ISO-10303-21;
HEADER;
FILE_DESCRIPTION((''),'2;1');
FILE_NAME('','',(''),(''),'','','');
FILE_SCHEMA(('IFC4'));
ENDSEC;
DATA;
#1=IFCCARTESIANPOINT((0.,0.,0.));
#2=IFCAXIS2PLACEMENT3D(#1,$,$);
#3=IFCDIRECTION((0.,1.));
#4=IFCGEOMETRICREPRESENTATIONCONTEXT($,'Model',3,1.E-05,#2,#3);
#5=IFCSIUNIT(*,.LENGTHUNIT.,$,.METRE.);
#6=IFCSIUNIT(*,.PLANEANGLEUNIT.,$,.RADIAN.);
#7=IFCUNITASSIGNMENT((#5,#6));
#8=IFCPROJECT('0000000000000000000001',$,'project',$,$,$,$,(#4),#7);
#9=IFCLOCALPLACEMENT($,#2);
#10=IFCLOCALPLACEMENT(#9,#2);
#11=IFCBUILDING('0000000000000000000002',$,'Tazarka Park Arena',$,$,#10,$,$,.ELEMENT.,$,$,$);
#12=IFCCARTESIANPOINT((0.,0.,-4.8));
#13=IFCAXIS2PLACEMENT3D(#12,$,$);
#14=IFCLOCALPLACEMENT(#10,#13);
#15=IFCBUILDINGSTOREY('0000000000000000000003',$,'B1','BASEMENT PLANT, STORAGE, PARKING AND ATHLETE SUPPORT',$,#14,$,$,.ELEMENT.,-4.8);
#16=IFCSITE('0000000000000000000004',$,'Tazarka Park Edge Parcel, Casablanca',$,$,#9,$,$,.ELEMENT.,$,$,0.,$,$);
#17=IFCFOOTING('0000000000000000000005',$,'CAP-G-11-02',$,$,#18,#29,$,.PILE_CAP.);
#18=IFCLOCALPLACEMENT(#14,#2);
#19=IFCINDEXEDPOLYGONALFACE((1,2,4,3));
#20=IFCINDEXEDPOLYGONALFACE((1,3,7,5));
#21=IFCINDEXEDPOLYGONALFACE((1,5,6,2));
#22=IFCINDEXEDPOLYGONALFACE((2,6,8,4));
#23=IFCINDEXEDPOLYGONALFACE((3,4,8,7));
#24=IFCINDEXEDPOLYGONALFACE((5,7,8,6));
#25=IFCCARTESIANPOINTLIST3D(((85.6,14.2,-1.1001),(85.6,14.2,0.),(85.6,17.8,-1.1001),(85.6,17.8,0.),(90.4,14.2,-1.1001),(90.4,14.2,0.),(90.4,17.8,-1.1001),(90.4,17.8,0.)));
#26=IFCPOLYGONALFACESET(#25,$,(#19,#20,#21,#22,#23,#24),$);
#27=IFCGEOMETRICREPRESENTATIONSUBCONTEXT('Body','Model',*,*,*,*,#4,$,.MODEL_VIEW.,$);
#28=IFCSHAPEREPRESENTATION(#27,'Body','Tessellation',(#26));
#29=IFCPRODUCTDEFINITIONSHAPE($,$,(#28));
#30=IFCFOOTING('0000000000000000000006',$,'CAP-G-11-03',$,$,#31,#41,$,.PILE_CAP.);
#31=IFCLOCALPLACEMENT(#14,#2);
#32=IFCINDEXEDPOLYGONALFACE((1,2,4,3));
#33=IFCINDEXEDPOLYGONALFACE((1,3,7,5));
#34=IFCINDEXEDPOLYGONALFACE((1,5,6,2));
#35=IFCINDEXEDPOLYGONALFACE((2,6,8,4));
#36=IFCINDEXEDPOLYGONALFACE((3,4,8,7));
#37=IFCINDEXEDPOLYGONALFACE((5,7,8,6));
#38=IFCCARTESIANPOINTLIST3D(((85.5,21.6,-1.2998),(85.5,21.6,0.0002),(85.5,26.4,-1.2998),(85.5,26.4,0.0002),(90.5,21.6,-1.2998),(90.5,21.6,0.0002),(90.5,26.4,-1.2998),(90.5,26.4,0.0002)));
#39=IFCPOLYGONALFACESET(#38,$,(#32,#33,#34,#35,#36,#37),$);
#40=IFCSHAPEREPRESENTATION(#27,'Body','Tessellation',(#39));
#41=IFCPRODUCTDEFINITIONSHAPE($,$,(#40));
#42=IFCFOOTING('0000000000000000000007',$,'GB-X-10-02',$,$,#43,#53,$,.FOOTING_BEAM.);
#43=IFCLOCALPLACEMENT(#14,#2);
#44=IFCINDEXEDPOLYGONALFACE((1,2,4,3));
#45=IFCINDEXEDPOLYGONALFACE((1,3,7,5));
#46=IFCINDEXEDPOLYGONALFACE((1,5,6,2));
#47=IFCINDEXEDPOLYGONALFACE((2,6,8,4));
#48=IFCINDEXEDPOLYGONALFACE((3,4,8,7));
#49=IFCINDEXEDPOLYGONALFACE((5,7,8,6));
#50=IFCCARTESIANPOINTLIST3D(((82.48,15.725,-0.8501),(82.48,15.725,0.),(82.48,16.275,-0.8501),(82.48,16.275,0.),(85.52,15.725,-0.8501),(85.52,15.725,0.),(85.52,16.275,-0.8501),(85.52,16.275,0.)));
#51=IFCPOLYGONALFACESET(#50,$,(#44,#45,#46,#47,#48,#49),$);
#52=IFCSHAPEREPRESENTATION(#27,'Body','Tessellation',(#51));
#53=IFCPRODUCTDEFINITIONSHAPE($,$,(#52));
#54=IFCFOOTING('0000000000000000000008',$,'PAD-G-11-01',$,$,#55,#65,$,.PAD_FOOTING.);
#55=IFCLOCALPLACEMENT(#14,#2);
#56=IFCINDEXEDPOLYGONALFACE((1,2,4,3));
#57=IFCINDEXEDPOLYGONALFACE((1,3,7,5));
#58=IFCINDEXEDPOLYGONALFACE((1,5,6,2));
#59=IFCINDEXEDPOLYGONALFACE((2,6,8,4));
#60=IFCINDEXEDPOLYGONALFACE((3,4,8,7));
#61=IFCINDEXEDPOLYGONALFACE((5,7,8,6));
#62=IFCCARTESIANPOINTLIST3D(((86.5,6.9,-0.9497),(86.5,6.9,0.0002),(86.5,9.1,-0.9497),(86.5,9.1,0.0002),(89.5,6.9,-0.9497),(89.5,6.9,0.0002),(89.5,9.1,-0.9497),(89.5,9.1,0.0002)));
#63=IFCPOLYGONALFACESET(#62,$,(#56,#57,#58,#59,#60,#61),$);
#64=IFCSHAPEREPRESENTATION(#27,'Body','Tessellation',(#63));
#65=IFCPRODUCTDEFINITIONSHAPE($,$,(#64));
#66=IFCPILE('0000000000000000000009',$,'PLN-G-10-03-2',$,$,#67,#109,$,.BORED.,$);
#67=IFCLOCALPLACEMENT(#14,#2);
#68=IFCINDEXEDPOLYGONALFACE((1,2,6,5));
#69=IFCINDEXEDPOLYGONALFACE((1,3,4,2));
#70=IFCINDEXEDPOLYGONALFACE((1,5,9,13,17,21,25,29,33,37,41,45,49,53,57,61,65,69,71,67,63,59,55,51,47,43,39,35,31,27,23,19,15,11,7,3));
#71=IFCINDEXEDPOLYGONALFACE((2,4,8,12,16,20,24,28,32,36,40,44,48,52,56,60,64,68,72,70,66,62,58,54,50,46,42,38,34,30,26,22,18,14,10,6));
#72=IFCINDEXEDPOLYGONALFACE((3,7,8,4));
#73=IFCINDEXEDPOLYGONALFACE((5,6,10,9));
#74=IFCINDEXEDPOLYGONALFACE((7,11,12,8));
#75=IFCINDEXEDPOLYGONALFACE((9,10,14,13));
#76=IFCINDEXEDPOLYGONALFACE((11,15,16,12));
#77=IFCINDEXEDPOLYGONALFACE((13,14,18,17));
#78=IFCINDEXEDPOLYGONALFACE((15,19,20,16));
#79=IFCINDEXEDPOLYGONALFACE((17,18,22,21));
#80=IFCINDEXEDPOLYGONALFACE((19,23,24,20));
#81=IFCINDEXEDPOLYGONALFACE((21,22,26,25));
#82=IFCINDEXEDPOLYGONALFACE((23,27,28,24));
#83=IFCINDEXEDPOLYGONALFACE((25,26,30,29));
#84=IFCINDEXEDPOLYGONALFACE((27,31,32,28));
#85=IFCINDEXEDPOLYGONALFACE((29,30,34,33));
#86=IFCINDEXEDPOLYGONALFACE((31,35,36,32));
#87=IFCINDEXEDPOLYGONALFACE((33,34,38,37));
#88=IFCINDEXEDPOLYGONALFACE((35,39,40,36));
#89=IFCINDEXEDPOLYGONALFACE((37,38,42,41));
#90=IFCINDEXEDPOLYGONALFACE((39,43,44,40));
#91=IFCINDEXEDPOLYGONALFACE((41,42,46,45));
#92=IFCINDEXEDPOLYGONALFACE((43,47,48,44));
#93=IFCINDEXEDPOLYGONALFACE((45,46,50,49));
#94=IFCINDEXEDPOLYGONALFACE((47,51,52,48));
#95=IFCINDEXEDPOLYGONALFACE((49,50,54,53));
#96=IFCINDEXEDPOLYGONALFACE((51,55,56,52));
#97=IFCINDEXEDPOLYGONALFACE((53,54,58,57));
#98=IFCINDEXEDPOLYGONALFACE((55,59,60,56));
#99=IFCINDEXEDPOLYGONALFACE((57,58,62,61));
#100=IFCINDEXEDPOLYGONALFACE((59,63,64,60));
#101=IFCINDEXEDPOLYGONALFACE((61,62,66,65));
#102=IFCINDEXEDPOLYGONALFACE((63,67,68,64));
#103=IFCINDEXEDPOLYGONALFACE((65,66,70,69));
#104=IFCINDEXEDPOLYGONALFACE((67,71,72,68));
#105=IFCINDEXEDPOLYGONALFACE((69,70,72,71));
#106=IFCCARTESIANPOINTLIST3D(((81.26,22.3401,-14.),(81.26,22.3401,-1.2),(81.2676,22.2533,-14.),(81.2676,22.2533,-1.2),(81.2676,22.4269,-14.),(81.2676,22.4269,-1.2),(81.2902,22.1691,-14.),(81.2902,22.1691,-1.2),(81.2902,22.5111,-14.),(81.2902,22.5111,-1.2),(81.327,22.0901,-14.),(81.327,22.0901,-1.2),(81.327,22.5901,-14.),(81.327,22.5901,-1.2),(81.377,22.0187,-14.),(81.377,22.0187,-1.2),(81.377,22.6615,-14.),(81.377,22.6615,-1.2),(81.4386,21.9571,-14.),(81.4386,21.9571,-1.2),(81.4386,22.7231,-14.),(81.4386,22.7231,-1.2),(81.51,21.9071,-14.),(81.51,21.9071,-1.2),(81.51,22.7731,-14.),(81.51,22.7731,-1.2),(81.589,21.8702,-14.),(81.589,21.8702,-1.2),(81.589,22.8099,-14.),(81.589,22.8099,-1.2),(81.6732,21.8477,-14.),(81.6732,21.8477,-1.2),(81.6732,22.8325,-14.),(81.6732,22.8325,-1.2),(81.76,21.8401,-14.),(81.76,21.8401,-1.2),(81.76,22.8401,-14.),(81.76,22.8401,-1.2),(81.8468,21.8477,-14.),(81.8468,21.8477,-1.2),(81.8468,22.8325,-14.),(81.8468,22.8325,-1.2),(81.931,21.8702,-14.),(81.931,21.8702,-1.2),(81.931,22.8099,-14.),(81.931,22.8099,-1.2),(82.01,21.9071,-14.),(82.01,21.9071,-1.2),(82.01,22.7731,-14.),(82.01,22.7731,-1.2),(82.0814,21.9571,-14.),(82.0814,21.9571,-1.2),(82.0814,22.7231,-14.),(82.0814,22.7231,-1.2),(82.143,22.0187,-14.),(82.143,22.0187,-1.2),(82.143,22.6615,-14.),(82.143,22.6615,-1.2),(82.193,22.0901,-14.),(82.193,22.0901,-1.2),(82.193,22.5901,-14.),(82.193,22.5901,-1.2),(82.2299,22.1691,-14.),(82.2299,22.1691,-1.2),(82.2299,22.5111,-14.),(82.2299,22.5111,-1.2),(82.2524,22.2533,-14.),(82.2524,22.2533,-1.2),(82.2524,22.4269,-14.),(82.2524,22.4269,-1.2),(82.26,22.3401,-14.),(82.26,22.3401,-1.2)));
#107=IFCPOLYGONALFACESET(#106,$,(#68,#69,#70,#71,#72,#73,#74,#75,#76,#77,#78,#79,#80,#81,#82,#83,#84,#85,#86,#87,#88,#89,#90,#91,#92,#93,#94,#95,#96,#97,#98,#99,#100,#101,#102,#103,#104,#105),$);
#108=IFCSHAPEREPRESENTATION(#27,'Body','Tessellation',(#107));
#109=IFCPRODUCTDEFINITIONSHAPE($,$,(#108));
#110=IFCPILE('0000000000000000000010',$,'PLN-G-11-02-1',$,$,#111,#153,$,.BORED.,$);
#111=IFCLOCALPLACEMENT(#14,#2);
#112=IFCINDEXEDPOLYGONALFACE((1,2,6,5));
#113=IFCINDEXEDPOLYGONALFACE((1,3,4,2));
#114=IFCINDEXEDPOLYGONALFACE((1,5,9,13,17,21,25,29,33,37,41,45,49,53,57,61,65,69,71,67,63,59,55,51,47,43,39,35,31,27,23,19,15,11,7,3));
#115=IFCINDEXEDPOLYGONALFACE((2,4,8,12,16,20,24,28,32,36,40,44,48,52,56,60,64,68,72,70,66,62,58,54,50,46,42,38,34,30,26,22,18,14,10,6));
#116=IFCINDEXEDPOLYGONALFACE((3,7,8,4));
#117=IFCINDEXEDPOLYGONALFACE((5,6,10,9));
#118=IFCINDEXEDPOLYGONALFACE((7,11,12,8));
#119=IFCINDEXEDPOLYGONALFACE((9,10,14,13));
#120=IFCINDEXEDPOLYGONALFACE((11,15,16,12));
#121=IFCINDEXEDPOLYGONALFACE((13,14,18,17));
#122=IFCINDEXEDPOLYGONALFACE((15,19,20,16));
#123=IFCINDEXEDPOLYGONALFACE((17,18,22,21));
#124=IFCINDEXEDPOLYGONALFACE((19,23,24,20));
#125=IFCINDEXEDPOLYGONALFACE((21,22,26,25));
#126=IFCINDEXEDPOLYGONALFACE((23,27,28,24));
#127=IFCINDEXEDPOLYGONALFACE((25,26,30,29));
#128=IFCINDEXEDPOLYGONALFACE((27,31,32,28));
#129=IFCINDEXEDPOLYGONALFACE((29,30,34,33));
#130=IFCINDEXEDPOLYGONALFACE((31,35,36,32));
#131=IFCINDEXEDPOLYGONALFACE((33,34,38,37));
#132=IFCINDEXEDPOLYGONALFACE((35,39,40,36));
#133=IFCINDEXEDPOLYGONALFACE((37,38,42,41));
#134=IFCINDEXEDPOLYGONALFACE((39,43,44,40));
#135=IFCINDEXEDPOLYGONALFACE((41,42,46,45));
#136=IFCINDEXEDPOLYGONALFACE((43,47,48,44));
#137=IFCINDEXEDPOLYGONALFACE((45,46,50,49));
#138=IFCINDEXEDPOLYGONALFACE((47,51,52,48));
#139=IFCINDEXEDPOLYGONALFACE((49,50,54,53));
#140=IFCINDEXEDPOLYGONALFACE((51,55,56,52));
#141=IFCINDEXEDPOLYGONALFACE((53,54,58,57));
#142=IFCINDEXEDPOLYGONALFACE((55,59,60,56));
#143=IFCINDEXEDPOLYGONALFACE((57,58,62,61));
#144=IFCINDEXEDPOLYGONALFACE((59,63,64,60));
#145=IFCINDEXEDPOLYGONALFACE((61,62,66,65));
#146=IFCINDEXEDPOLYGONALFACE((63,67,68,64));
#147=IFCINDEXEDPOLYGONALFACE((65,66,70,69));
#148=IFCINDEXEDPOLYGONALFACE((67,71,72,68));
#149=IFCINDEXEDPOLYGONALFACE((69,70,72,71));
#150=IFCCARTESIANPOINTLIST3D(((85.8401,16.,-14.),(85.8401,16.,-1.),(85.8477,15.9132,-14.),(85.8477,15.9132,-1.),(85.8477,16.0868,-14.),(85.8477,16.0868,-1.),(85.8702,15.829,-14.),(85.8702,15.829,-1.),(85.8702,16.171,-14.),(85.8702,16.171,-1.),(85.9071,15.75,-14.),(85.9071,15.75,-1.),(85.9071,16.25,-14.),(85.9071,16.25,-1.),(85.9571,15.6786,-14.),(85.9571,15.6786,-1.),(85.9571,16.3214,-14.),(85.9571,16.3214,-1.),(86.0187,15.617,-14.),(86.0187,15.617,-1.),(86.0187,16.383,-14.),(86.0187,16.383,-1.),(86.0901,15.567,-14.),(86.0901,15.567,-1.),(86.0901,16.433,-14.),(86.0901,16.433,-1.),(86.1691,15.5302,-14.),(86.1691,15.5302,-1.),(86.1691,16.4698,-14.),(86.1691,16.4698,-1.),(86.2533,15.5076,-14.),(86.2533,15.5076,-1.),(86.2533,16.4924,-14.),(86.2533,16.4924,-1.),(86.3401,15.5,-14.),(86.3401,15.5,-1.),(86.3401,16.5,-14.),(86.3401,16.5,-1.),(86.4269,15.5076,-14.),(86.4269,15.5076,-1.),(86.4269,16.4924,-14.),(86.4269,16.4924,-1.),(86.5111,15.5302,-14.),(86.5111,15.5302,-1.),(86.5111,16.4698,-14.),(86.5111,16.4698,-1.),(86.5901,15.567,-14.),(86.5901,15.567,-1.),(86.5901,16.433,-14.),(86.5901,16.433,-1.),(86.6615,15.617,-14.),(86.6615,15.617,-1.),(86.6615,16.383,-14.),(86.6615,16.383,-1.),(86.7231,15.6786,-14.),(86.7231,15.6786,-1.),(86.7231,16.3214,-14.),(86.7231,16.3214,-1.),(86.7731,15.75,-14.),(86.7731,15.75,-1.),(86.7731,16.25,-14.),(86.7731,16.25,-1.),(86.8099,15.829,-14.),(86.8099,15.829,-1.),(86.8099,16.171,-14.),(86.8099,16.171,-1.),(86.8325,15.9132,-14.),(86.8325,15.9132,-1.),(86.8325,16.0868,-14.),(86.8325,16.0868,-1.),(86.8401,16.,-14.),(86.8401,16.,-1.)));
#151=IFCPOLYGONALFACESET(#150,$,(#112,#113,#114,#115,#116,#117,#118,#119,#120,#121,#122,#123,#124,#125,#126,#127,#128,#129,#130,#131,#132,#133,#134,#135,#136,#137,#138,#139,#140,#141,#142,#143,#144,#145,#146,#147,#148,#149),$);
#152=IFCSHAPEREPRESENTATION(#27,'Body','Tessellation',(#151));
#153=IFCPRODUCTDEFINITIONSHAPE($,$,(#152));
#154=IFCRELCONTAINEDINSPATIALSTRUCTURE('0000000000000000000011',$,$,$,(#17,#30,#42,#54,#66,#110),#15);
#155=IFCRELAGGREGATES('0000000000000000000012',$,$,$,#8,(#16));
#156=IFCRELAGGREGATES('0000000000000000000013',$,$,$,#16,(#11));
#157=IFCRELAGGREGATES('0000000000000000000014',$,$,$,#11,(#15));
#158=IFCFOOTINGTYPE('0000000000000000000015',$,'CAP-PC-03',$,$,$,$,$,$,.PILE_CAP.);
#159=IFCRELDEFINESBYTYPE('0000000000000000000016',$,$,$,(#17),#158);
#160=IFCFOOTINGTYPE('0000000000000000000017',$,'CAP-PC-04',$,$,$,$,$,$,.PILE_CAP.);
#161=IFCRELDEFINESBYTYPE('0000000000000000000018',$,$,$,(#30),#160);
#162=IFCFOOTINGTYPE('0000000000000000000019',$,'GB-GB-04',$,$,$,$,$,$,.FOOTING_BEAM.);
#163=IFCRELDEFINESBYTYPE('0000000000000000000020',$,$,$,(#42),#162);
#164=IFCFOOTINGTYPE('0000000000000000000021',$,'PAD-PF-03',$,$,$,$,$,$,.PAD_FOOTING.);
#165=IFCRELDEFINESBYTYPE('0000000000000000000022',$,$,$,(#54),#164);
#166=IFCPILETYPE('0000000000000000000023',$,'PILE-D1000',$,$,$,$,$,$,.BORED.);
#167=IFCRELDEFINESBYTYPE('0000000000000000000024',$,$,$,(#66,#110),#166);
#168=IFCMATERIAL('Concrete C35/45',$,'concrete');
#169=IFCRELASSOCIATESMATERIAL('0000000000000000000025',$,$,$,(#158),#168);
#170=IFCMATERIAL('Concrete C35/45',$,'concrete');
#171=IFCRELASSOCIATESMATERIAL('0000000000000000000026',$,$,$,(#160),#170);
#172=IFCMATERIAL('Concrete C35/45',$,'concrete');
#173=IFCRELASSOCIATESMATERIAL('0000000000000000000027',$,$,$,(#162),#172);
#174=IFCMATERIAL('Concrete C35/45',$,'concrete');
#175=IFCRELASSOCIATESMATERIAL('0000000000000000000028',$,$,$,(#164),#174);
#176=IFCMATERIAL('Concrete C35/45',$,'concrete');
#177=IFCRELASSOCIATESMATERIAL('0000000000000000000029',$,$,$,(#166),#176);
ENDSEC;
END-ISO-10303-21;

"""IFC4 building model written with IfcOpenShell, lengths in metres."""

from ifc_helpers import new_model, si_unit, direction, frame, origin, origin_2d, place, context, subcontext, project, spatial, rectangle, circle, extrude, material, material_profile, profile_set, type_object, element, save


model = new_model("IFC4")

# Units and contexts
model_context = context("Model", 3, precision=1e-05, world=origin(), true_north=direction((0.0, 1.0)))
body_context = subcontext(model_context, "Body", "Model", "MODEL_VIEW")
ifc_project = project(units=[si_unit("LENGTHUNIT", "METRE"), si_unit("PLANEANGLEUNIT", "RADIAN")], contexts=[model_context])

# Site, building, storey
site_placement = place(None, origin())
site = spatial("IfcSite", under=ifc_project, at=site_placement, Name="Tazarka Park Edge Parcel, Casablanca", CompositionType="ELEMENT", RefElevation=0.0)
building_placement = place(site_placement, origin())
building = spatial("IfcBuilding", under=site, at=building_placement, Name="Tazarka Park Arena", CompositionType="ELEMENT")
storey_placement = place(building_placement, frame((0.0, 0.0, -4.8)))
storey = spatial("IfcBuildingStorey", under=building, at=storey_placement, Name="B1", Description="BASEMENT PLANT, STORAGE, PARKING AND ATHLETE SUPPORT", CompositionType="ELEMENT", Elevation=-4.8)

# Footings
ifc_material_1 = material(Name="Concrete C35/45", Category="concrete")
footing_type_1 = type_object("IfcFootingType", Name="CAP-PC-03", PredefinedType="PILE_CAP", material=ifc_material_1)
footing_1_placement = place(storey_placement, frame((88.0, 16.0, -1.1001), z_axis=(0.0, 0.0, 1.0), x_axis=(1.0, 0.0, 0.0)))
element("IfcFooting", 1, at=footing_1_placement, inside=storey, type_object=footing_type_1, Name="CAP-G-11-02", PredefinedType="PILE_CAP", context=body_context, shape_type="SweptSolid", body=[
    extrude(rectangle(XDim=4.8, YDim=3.6001, at=origin_2d()), origin(), (0.0, 0.0, 1.0), 1.1001),
])
ifc_material_2 = material(Name="Concrete C35/45", Category="concrete")
footing_type_2 = type_object("IfcFootingType", Name="CAP-PC-04", PredefinedType="PILE_CAP", material=ifc_material_2)
footing_2_placement = place(storey_placement, frame((88.0, 24.0, -1.2998), z_axis=(0.0, 0.0, 1.0), x_axis=(1.0, 0.0, 0.0)))
element("IfcFooting", 2, at=footing_2_placement, inside=storey, type_object=footing_type_2, Name="CAP-G-11-03", PredefinedType="PILE_CAP", context=body_context, shape_type="SweptSolid", body=[
    extrude(rectangle(XDim=5.0, YDim=4.8, at=origin_2d()), origin(), (0.0, 0.0, 1.0), 1.3),
])
ifc_material_3 = material(Name="Concrete C35/45", Category="concrete")
ifc_material_profile_1 = material_profile(ifc_material_3, rectangle(XDim=0.55, YDim=0.8501, at=origin_2d()), Name="Concrete C35/45")
ifc_profile_set_1 = profile_set([ifc_material_profile_1], Name="Concrete C35/45")
footing_type_3 = type_object("IfcFootingType", Name="GB-GB-04", PredefinedType="FOOTING_BEAM", material=ifc_profile_set_1)
footing_3_placement = place(storey_placement, frame((82.48, 16.0, -0.425), z_axis=(1.0, 0.0, 0.0), x_axis=(0.0, 1.0, 0.0)))
element("IfcFooting", 3, at=footing_3_placement, inside=storey, type_object=footing_type_3, Name="GB-X-10-02", PredefinedType="FOOTING_BEAM", context=body_context, shape_type="SweptSolid", body=[
    extrude(rectangle(XDim=0.55, YDim=0.8501, at=origin_2d()), origin(), (0.0, 0.0, 1.0), 3.04),
])
ifc_material_4 = material(Name="Concrete C35/45", Category="concrete")
footing_type_4 = type_object("IfcFootingType", Name="PAD-PF-03", PredefinedType="PAD_FOOTING", material=ifc_material_4)
footing_4_placement = place(storey_placement, frame((88.0, 8.0, -0.9497), z_axis=(0.0, 0.0, 1.0), x_axis=(1.0, 0.0, 0.0)))
element("IfcFooting", 4, at=footing_4_placement, inside=storey, type_object=footing_type_4, Name="PAD-G-11-01", PredefinedType="PAD_FOOTING", context=body_context, shape_type="SweptSolid", body=[
    extrude(rectangle(XDim=3.0, YDim=2.2, at=origin_2d()), origin(), (0.0, 0.0, 1.0), 0.95),
])

# Piles
ifc_material_5 = material(Name="Concrete C35/45", Category="concrete")
ifc_material_profile_2 = material_profile(ifc_material_5, circle(Radius=0.5, at=origin_2d()), Name="Concrete C35/45")
ifc_profile_set_2 = profile_set([ifc_material_profile_2], Name="Concrete C35/45")
pile_type_1 = type_object("IfcPileType", Name="PILE-D1000", PredefinedType="BORED", material=ifc_profile_set_2)
pile_1_placement = place(storey_placement, frame((81.76, 22.3401, -1.2), z_axis=(0.0, 0.0, -1.0), x_axis=(1.0, 0.0, 0.0)))
element("IfcPile", 5, at=pile_1_placement, inside=storey, type_object=pile_type_1, Name="PLN-G-10-03-2", PredefinedType="BORED", context=body_context, shape_type="SweptSolid", body=[
    extrude(circle(Radius=0.5, at=origin_2d()), origin(), (0.0, 0.0, 1.0), 12.8),
])
pile_2_placement = place(storey_placement, frame((86.3401, 16.0, -1.0), z_axis=(0.0, 0.0, -1.0), x_axis=(1.0, 0.0, 0.0)))
element("IfcPile", 6, at=pile_2_placement, inside=storey, type_object=pile_type_1, Name="PLN-G-11-02-1", PredefinedType="BORED", context=body_context, shape_type="SweptSolid", body=[
    extrude(circle(Radius=0.5, at=origin_2d()), origin(), (0.0, 0.0, 1.0), 13.0),
])

save(model, "model.ifc")
